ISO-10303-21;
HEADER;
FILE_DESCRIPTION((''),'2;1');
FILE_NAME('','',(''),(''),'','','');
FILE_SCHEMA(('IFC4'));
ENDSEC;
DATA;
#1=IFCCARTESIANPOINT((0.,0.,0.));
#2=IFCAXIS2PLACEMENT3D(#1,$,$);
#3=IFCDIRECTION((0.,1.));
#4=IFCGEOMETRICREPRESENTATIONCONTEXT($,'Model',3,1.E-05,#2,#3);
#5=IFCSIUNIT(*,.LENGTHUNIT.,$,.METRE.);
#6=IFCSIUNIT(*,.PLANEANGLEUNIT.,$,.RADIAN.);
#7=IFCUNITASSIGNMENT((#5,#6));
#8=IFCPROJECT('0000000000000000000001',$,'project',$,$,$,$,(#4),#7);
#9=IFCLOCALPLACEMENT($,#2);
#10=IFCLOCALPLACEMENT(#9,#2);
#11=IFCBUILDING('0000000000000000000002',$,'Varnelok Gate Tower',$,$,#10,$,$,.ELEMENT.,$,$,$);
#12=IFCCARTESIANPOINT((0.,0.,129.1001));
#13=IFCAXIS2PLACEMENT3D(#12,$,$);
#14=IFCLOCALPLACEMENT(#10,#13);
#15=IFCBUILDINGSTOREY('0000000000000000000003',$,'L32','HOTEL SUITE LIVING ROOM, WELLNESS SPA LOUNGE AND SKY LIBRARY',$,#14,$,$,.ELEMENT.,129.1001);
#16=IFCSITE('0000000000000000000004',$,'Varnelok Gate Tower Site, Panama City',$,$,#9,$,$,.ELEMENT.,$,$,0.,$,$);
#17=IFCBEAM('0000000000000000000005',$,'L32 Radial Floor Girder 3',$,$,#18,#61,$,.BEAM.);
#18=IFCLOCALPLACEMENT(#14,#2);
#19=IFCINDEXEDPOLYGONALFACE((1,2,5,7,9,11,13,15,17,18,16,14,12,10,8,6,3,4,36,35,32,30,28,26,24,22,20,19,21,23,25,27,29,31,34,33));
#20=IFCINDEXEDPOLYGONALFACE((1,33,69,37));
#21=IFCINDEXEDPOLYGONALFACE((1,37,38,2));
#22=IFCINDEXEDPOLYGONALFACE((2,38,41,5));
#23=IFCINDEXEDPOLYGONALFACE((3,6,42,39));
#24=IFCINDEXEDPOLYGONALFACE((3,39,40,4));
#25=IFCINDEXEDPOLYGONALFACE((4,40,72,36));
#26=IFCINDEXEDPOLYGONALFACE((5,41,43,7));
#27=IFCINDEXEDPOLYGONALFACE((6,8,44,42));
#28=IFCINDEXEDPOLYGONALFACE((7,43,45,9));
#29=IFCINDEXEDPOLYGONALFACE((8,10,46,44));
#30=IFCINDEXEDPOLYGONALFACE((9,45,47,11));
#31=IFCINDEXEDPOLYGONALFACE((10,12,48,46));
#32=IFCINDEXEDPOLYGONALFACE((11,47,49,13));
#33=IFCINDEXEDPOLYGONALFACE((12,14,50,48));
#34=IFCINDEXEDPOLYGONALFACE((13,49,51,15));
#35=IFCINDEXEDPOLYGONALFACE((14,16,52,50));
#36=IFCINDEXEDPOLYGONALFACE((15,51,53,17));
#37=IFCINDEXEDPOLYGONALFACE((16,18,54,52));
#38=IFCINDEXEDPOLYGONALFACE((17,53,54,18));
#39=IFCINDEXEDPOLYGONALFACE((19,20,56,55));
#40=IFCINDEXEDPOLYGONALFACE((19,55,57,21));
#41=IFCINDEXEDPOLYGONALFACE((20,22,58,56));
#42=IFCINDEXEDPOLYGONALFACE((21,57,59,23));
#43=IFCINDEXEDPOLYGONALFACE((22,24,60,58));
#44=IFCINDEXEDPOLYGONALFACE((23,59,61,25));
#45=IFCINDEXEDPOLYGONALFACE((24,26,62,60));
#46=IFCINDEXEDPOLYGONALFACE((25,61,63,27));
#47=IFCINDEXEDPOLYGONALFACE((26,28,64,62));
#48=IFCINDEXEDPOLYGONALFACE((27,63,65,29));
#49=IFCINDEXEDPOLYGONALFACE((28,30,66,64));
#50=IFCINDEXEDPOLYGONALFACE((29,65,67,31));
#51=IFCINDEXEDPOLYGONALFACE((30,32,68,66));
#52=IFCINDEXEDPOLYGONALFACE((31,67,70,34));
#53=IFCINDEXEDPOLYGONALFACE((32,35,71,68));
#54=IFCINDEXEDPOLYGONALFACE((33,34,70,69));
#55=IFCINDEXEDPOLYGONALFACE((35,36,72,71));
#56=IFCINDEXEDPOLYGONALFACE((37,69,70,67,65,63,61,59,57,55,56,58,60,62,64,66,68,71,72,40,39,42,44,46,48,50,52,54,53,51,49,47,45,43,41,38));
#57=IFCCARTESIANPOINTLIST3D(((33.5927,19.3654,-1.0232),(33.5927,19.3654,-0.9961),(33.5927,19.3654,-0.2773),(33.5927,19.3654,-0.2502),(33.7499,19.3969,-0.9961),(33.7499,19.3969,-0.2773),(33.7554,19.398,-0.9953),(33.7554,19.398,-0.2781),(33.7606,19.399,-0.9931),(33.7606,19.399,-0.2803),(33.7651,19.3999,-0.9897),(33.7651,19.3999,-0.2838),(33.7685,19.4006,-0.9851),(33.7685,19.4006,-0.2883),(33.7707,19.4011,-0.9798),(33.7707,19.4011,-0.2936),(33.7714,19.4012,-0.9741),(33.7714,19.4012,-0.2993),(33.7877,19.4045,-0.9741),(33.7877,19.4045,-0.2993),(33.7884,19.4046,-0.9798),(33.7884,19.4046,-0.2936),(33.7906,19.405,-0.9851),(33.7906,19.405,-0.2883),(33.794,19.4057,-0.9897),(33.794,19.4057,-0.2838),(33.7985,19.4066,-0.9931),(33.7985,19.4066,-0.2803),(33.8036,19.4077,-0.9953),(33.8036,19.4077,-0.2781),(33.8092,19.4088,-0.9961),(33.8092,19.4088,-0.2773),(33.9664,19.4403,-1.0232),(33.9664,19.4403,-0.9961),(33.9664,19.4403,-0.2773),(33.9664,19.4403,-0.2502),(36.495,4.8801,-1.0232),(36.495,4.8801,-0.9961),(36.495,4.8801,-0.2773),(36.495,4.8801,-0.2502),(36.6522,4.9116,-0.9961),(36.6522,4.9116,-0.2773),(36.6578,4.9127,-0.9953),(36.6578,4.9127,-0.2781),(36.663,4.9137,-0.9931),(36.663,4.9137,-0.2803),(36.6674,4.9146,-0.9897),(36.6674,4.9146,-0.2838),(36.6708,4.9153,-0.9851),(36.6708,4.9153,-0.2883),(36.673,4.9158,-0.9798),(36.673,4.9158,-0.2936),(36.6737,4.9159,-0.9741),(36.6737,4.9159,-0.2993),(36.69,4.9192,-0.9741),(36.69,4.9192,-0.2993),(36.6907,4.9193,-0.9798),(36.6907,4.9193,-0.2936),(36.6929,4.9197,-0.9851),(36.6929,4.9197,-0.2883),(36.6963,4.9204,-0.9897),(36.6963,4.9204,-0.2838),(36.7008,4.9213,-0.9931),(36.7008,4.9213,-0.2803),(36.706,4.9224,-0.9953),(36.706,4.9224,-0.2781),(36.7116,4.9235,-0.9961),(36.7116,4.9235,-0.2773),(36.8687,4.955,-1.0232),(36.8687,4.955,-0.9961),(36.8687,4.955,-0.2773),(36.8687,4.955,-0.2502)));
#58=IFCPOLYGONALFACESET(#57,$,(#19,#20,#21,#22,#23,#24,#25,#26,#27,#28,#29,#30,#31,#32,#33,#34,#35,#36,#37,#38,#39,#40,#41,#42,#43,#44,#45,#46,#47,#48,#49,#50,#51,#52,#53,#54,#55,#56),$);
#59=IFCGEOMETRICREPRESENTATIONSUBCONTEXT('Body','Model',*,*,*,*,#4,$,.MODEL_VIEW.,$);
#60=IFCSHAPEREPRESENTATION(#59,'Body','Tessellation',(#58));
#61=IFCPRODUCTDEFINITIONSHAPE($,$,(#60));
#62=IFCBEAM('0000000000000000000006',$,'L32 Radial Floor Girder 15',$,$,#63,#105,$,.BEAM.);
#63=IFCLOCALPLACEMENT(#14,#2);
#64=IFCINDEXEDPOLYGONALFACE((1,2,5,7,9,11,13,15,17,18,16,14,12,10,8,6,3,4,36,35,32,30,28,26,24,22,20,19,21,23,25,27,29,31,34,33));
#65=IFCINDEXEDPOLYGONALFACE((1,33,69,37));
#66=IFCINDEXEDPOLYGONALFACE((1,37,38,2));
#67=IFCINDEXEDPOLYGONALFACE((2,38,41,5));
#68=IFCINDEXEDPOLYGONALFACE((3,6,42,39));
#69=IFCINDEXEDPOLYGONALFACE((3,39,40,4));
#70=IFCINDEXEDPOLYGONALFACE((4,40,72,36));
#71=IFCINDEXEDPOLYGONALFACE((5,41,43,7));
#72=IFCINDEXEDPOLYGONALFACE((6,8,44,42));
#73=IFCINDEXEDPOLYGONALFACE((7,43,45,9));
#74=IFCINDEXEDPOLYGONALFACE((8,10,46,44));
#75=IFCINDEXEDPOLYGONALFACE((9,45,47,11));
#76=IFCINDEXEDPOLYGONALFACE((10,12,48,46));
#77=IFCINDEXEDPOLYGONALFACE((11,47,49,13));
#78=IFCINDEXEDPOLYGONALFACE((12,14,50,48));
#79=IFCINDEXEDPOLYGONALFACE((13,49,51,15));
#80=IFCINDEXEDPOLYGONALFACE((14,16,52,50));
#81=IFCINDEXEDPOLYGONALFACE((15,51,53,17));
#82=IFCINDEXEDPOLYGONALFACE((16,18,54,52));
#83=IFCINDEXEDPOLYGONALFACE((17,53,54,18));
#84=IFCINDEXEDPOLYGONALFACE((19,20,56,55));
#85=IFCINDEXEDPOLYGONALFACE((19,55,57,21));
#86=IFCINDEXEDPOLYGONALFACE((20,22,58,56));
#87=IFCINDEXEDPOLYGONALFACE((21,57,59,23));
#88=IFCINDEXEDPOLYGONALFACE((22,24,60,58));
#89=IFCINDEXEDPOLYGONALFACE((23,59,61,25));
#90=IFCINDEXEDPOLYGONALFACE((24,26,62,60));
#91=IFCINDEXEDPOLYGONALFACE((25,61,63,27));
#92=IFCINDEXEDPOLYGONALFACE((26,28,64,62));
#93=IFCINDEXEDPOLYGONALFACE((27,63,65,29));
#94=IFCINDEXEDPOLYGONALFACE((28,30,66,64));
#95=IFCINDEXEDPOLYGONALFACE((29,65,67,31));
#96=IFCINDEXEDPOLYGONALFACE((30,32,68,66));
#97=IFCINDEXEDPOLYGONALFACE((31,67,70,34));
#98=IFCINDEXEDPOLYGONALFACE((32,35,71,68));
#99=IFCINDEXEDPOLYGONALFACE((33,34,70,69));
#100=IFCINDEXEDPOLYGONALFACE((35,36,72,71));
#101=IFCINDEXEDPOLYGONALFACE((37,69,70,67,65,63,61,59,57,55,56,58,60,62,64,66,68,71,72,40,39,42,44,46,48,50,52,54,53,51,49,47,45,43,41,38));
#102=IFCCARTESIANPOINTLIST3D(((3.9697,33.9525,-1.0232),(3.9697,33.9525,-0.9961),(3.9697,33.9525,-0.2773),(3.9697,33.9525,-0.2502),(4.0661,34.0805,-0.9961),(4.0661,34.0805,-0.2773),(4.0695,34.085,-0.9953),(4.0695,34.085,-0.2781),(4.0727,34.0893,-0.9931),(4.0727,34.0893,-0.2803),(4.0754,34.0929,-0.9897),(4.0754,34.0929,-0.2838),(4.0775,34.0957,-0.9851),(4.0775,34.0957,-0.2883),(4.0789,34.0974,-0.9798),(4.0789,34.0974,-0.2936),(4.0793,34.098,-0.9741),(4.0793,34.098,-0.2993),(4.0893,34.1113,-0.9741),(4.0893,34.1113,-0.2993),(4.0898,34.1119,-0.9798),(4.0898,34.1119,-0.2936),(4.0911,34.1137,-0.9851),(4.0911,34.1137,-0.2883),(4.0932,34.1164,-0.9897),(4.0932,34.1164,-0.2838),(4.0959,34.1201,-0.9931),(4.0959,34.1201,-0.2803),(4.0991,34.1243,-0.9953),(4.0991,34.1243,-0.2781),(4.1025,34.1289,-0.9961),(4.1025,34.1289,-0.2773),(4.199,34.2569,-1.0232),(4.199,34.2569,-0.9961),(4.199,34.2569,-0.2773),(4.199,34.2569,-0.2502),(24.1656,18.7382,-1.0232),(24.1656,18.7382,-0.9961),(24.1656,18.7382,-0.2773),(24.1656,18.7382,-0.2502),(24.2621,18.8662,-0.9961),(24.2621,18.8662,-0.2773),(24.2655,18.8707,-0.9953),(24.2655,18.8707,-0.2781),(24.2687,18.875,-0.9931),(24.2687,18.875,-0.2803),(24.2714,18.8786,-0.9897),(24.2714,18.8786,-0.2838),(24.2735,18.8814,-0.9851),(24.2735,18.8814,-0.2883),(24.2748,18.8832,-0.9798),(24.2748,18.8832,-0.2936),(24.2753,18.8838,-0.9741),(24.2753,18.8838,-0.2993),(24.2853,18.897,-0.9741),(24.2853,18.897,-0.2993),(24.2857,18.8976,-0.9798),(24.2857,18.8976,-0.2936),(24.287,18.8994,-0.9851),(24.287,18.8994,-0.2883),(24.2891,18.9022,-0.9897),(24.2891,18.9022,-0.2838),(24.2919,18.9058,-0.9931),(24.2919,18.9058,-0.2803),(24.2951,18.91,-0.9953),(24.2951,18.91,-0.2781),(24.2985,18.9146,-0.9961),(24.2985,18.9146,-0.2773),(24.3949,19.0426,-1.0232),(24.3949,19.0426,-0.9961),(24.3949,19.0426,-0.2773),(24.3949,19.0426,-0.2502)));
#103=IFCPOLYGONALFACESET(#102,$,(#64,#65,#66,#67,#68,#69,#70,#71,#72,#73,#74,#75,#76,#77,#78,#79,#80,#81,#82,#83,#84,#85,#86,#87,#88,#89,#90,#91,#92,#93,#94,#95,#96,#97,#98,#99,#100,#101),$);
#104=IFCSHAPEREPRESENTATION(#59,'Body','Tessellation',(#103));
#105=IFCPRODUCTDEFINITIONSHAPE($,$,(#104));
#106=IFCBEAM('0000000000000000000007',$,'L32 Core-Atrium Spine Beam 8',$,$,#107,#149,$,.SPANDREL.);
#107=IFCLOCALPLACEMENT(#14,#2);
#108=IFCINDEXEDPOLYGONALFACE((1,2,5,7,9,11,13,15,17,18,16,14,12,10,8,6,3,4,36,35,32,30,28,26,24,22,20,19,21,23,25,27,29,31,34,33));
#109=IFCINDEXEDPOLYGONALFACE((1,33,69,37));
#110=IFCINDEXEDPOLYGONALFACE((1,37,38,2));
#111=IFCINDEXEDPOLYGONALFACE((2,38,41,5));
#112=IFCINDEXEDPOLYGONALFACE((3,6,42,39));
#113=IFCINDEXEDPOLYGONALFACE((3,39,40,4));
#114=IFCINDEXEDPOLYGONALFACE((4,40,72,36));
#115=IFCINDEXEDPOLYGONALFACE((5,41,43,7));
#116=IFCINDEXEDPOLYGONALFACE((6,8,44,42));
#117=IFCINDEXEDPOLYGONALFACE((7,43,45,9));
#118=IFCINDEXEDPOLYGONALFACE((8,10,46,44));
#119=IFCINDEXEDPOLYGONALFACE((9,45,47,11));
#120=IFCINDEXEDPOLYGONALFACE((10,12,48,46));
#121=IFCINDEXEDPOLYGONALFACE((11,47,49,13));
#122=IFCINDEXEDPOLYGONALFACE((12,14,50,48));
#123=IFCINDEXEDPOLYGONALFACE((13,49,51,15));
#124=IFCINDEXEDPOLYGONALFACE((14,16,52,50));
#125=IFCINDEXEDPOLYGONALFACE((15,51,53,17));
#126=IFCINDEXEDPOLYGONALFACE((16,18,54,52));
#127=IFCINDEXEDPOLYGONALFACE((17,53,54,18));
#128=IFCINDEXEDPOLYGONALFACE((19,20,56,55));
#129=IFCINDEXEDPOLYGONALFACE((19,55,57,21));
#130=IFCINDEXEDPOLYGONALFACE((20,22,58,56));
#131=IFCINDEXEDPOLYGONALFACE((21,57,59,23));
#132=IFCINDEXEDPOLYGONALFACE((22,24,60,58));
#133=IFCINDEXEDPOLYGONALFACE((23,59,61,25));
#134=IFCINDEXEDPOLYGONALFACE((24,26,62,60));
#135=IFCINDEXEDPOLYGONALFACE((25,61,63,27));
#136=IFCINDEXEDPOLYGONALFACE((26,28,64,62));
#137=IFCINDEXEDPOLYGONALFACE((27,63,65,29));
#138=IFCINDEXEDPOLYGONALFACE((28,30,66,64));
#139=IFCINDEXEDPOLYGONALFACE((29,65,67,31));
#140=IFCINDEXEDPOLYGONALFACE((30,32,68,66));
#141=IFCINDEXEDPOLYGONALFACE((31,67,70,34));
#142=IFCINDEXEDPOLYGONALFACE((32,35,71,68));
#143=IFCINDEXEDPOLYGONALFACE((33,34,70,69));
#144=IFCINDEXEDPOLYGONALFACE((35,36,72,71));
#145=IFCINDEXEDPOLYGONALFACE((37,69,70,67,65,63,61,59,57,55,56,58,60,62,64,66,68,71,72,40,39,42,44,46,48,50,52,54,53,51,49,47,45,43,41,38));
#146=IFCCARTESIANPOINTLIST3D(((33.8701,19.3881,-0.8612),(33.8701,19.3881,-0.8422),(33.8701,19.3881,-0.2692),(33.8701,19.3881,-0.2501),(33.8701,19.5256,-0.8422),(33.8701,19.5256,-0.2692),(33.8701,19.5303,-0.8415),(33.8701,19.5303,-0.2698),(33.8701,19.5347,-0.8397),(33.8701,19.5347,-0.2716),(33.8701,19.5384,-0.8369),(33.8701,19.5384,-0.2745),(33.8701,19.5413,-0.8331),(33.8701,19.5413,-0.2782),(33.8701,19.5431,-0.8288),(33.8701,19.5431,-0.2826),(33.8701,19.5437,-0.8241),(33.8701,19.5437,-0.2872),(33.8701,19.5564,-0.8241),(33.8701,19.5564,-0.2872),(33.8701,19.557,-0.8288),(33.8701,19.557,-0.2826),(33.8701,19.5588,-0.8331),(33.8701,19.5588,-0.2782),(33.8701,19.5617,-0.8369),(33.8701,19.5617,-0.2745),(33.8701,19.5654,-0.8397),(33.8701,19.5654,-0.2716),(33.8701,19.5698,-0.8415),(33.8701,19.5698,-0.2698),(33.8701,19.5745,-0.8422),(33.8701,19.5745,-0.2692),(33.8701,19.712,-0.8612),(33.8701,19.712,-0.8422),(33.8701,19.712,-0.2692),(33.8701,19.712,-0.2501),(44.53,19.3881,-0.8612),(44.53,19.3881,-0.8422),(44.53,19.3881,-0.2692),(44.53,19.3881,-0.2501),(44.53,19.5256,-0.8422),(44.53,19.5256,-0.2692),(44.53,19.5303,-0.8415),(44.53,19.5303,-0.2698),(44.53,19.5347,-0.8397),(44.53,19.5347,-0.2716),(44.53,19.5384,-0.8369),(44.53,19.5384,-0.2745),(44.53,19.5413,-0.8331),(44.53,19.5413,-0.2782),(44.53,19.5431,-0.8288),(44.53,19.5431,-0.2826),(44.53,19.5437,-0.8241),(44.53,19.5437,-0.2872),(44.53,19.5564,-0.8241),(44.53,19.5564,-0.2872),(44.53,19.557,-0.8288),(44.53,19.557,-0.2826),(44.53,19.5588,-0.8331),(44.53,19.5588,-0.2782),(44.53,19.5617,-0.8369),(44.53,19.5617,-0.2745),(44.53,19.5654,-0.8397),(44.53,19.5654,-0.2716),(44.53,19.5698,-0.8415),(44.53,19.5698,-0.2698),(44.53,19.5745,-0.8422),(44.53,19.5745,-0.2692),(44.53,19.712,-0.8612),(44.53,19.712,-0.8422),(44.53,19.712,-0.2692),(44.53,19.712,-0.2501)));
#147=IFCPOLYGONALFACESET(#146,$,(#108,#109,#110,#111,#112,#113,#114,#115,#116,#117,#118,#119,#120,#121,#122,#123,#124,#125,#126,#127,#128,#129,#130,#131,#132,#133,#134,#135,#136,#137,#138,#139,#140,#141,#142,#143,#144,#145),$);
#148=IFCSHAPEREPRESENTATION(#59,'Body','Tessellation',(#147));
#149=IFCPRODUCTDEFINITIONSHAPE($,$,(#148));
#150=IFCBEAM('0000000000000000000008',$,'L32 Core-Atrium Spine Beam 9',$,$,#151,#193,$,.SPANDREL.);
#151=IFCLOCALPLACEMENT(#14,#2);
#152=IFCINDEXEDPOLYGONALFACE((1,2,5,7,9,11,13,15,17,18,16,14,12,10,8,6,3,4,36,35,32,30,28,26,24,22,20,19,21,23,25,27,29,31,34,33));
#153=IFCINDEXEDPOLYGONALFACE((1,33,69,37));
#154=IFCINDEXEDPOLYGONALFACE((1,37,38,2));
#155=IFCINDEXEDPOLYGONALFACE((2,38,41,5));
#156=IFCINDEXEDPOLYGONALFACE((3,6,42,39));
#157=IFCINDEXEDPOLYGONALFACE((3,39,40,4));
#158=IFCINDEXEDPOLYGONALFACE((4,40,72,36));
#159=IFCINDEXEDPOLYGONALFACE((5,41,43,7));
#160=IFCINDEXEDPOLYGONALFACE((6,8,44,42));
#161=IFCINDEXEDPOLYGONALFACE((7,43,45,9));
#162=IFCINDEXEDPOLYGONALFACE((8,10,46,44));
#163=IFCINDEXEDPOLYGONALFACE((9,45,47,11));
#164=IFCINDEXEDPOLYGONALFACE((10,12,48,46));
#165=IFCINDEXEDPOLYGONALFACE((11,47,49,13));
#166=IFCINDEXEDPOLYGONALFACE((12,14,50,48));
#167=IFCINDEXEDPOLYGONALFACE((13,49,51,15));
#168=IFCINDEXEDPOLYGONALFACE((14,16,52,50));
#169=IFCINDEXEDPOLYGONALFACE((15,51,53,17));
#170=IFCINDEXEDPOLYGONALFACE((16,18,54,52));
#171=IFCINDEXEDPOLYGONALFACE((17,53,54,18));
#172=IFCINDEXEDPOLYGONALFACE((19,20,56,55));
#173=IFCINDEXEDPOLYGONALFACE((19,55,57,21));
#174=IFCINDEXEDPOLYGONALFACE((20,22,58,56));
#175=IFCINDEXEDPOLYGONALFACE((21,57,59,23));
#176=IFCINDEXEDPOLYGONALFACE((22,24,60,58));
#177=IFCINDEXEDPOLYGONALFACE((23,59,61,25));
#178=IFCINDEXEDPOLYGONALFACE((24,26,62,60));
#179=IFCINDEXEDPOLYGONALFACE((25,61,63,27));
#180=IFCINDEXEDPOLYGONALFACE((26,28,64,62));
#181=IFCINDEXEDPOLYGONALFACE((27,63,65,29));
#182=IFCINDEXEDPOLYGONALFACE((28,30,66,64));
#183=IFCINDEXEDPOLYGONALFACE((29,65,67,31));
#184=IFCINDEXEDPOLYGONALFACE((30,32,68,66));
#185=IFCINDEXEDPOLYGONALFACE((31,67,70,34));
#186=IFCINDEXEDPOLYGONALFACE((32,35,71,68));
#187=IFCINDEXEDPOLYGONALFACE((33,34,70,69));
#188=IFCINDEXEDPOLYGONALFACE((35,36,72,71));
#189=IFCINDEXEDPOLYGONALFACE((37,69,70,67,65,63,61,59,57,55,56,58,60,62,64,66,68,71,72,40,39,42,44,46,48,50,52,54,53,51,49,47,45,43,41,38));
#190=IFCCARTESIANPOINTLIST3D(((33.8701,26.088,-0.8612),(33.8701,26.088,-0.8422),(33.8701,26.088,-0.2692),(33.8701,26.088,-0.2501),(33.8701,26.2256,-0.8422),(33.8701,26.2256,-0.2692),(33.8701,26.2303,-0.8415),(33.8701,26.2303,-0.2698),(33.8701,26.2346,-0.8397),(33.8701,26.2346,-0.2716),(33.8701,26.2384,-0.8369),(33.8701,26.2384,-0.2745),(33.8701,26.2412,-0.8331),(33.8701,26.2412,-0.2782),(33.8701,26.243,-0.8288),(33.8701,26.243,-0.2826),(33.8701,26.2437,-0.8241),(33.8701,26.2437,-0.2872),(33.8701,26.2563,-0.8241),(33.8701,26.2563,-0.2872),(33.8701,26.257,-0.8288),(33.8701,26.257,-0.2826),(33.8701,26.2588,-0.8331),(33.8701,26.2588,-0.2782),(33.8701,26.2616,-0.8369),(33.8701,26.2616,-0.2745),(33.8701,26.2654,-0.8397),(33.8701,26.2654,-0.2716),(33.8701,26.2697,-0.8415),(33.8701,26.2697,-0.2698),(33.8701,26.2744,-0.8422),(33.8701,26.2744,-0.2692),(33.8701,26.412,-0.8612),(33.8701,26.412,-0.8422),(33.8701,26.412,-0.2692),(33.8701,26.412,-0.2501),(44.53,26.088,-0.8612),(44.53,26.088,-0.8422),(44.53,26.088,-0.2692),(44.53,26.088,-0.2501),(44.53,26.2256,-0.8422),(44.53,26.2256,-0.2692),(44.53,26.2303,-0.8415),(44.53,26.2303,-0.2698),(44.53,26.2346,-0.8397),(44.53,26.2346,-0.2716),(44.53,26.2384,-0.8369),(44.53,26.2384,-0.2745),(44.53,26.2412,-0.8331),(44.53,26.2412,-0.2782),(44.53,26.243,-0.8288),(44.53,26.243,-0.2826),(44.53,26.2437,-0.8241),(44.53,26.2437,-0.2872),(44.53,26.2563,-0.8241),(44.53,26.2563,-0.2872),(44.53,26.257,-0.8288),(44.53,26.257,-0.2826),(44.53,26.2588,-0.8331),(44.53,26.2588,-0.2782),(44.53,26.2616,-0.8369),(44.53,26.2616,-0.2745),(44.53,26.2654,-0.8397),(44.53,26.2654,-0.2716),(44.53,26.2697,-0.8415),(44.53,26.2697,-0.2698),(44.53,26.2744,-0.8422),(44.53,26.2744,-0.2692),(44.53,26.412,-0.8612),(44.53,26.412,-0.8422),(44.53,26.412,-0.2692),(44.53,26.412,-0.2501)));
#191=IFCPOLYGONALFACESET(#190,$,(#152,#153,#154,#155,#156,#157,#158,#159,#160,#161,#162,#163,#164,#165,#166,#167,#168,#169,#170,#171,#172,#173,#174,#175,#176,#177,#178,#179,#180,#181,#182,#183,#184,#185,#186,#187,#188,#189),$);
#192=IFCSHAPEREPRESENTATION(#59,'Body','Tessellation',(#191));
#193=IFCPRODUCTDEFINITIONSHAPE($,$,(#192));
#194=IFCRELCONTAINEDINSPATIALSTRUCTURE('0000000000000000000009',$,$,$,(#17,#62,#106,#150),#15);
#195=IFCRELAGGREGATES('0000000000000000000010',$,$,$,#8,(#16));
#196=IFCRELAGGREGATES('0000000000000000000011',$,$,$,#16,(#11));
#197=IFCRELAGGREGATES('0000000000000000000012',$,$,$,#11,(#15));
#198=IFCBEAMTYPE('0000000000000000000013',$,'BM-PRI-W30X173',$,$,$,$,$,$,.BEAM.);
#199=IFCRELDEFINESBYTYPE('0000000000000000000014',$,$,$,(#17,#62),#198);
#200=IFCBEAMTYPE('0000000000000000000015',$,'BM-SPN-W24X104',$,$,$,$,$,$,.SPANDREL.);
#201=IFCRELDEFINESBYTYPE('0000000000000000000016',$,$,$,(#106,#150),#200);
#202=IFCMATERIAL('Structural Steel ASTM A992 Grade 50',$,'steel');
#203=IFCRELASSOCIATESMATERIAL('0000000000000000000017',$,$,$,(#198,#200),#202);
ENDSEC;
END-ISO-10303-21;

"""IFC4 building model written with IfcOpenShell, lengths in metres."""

from ifc_helpers import new_model, si_unit, direction, frame, origin, origin_2d, place, context, subcontext, project, spatial, i_section, extrude, material, material_profile, profile_set, type_object, element, save


model = new_model("IFC4")

# Units and contexts
model_context = context("Model", 3, precision=1e-05, world=origin(), true_north=direction((0.0, 1.0)))
body_context = subcontext(model_context, "Body", "Model", "MODEL_VIEW")
ifc_project = project(units=[si_unit("LENGTHUNIT", "METRE"), si_unit("PLANEANGLEUNIT", "RADIAN")], contexts=[model_context])

# Site, building, storey
site_placement = place(None, origin())
site = spatial("IfcSite", under=ifc_project, at=site_placement, Name="Varnelok Gate Tower Site, Panama City", CompositionType="ELEMENT", RefElevation=0.0)
building_placement = place(site_placement, origin())
building = spatial("IfcBuilding", under=site, at=building_placement, Name="Varnelok Gate Tower", CompositionType="ELEMENT")
storey_placement = place(building_placement, frame((0.0, 0.0, 129.1001)))
storey = spatial("IfcBuildingStorey", under=building, at=storey_placement, Name="L32", Description="HOTEL SUITE LIVING ROOM, WELLNESS SPA LOUNGE AND SKY LIBRARY", CompositionType="ELEMENT", Elevation=129.1001)

# Shared definitions
ifc_material_1 = material(Name="Structural Steel ASTM A992 Grade 50", Category="steel")

# Beams
ifc_material_profile_1 = material_profile(ifc_material_1, i_section(OverallWidth=0.3811, OverallDepth=0.7729, WebThickness=0.0166, FlangeThickness=0.0271, FilletRadius=0.022, at=origin_2d()), Name="W30X173")
ifc_profile_set_1 = profile_set([ifc_material_profile_1], Name="Structural Steel ASTM A992 Grade 50")
beam_type_1 = type_object("IfcBeamType", Name="BM-PRI-W30X173", PredefinedType="BEAM", material=ifc_profile_set_1)
beam_1_placement = place(storey_placement, frame((33.7795, 19.4028, -0.6367), z_axis=(0.196459, -0.980512, 0.0), x_axis=(0.980512, 0.196459, 0.0)))
element("IfcBeam", 1, at=beam_1_placement, inside=storey, type_object=beam_type_1, Name="L32 Radial Floor Girder 3", PredefinedType="BEAM", context=body_context, shape_type="SweptSolid", body=[
    extrude(i_section(OverallWidth=0.3811, OverallDepth=0.7729, WebThickness=0.0166, FlangeThickness=0.0271, FilletRadius=0.022, at=origin_2d()), origin(), (0.0, 0.0, 1.0), 14.7732),
])
beam_2_placement = place(storey_placement, frame((24.2803, 18.8904, -0.6367), z_axis=(-0.79872, 0.601703, 0.0), x_axis=(-0.601703, -0.79872, 0.0)))
element("IfcBeam", 2, at=beam_2_placement, inside=storey, type_object=beam_type_1, Name="L32 Radial Floor Girder 15", PredefinedType="BEAM", context=body_context, shape_type="SweptSolid", body=[
    extrude(i_section(OverallWidth=0.3811, OverallDepth=0.7729, WebThickness=0.0166, FlangeThickness=0.0271, FilletRadius=0.022, at=origin_2d()), origin(), (0.0, 0.0, 1.0), 25.2854),
])
ifc_material_profile_2 = material_profile(ifc_material_1, i_section(OverallWidth=0.324, OverallDepth=0.6111, WebThickness=0.0127, FlangeThickness=0.019, FilletRadius=0.0181, at=origin_2d()), Name="W24X104")
ifc_profile_set_2 = profile_set([ifc_material_profile_2], Name="Structural Steel ASTM A992 Grade 50")
beam_type_2 = type_object("IfcBeamType", Name="BM-SPN-W24X104", PredefinedType="SPANDREL", material=ifc_profile_set_2)
for number, where, z_axis, x_axis, name in (
    (3, (33.8701, 19.55, -0.5557), (1.0, 0.0, 0.0), (0.0, 1.0, 0.0), "L32 Core-Atrium Spine Beam 8"),
    (4, (33.8701, 26.25, -0.5557), (1.0, 0.0, 0.0), (0.0, 1.0, 0.0), "L32 Core-Atrium Spine Beam 9"),
):
    element("IfcBeam", number, at=place(storey_placement, frame(where, z_axis=z_axis, x_axis=x_axis)), inside=storey, type_object=beam_type_2, Name=name, PredefinedType="SPANDREL", context=body_context, shape_type="SweptSolid", body=[
        extrude(i_section(OverallWidth=0.324, OverallDepth=0.6111, WebThickness=0.0127, FlangeThickness=0.019, FilletRadius=0.0181, at=origin_2d()), origin(), (0.0, 0.0, 1.0), 10.6599),
    ])

save(model, "model.ifc")
